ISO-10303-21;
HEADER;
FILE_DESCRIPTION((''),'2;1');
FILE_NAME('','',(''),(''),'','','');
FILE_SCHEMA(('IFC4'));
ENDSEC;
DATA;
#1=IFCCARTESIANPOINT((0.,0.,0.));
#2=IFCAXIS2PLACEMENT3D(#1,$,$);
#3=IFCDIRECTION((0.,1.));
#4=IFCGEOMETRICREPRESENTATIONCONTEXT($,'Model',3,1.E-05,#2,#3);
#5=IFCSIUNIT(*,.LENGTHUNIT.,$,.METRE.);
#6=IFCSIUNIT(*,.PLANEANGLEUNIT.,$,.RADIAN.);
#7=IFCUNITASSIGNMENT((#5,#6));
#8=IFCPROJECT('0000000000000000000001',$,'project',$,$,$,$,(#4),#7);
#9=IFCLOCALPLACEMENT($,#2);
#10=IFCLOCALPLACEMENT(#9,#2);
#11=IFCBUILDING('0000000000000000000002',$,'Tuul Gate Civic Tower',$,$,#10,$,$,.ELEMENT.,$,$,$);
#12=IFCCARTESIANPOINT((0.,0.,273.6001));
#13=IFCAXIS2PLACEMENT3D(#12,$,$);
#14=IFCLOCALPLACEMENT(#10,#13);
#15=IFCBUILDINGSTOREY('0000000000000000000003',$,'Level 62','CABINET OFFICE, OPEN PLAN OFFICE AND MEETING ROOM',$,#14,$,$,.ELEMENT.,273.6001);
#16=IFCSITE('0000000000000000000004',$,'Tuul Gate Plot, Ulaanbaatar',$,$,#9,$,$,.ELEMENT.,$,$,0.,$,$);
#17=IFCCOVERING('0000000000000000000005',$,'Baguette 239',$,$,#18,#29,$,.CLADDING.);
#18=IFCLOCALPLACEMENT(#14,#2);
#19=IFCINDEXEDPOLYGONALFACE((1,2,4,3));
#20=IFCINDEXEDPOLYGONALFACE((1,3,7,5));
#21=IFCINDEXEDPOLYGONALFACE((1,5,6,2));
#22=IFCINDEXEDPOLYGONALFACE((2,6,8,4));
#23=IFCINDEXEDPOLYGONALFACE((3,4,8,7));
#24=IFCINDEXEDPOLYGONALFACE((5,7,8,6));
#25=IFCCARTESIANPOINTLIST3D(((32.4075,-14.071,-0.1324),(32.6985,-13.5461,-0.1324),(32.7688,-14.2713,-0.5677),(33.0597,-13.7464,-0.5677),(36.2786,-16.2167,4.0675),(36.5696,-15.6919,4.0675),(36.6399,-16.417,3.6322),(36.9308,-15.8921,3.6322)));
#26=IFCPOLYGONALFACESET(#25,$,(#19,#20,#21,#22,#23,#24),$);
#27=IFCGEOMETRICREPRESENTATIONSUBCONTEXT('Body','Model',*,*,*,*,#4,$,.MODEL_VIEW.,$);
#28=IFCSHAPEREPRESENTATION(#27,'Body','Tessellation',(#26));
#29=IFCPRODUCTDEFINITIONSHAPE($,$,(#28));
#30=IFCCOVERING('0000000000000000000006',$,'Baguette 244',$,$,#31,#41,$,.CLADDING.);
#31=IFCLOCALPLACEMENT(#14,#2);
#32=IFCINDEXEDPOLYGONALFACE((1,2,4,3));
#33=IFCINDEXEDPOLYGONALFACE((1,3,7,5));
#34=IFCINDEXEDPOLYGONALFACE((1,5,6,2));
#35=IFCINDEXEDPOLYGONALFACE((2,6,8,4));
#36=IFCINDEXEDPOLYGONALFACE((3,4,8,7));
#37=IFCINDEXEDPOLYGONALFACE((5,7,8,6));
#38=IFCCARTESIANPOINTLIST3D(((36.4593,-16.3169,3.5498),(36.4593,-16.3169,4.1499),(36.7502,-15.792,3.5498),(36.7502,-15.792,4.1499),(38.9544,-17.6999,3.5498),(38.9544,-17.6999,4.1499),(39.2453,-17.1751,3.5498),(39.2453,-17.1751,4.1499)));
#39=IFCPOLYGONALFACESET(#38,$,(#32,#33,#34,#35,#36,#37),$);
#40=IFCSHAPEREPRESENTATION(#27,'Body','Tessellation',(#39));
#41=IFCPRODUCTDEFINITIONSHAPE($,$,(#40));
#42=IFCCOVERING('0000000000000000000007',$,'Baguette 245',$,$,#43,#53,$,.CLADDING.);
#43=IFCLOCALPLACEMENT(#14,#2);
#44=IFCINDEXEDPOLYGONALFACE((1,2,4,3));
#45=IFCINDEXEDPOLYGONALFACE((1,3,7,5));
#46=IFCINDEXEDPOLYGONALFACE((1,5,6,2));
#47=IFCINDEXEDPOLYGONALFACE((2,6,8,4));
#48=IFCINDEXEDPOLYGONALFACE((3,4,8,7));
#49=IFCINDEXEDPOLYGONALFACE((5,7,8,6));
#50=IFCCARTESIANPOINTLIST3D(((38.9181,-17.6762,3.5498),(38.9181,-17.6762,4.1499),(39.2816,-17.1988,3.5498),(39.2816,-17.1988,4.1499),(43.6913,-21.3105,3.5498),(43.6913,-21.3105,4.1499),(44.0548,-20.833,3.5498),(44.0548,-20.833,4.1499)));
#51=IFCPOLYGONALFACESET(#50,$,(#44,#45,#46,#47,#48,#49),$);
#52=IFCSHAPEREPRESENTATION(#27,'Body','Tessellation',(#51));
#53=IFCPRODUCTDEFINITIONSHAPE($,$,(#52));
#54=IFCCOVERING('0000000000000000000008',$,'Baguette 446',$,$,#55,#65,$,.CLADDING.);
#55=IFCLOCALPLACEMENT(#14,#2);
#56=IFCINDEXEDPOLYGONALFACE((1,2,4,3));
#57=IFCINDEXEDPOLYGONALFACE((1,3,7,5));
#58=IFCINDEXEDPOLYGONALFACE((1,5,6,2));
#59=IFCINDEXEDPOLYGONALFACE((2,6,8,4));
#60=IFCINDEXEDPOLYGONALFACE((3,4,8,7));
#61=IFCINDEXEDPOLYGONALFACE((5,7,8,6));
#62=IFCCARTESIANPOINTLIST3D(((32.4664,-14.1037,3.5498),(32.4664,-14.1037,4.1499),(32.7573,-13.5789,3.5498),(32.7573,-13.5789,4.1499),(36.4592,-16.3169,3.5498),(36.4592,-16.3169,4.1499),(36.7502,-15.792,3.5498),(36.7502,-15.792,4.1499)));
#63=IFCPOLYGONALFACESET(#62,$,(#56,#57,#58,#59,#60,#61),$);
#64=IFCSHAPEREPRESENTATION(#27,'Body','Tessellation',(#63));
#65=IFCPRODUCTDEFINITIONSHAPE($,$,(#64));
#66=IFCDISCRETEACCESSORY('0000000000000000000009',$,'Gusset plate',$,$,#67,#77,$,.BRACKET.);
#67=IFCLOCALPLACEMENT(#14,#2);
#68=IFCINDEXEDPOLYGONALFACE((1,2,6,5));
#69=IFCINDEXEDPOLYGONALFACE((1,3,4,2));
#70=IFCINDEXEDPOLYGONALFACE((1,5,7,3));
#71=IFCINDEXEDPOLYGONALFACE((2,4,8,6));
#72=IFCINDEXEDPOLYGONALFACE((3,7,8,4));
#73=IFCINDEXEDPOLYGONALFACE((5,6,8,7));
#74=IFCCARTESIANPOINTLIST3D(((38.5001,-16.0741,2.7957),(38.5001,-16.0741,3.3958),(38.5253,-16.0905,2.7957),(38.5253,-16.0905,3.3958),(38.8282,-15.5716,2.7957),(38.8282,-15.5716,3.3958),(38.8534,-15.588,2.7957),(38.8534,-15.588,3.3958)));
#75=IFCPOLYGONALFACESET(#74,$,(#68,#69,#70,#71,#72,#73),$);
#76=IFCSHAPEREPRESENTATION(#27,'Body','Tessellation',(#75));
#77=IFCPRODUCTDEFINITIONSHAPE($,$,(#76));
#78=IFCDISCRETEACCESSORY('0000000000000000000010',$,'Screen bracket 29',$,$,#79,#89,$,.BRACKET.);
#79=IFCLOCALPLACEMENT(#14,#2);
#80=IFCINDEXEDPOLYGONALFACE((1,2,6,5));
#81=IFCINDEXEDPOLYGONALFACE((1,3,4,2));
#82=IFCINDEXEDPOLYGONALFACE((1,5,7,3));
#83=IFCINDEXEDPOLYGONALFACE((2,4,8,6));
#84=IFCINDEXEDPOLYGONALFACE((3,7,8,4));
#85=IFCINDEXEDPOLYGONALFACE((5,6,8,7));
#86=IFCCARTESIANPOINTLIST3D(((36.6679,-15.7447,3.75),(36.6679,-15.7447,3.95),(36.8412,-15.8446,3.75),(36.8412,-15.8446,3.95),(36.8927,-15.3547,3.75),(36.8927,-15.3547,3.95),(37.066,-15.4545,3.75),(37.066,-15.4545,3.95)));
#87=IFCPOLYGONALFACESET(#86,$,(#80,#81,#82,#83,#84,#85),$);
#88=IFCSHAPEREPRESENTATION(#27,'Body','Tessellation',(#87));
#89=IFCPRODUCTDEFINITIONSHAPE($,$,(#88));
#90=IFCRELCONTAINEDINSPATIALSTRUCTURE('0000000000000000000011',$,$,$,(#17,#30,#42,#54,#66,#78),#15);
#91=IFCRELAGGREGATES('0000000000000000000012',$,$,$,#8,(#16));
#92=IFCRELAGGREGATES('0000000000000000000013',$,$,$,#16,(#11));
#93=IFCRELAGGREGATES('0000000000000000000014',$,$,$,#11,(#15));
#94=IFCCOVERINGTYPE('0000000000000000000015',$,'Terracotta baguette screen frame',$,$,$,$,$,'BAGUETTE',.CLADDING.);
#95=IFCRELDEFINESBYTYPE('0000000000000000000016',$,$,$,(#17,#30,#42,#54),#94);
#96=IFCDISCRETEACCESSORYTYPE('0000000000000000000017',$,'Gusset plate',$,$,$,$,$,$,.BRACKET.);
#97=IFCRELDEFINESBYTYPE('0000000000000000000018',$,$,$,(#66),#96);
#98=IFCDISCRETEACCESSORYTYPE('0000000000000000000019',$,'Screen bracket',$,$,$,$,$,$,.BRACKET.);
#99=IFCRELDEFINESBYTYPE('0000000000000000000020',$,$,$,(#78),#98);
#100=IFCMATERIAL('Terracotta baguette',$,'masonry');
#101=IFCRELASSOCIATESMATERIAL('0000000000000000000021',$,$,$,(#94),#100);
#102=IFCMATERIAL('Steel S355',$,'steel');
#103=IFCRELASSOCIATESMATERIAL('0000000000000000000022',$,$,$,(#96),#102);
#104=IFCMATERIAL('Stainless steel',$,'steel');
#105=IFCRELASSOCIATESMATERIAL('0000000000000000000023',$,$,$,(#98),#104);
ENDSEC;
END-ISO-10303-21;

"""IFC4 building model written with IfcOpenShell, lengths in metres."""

from ifc_helpers import new_model, si_unit, direction, frame, origin, origin_2d, place, context, subcontext, project, spatial, rectangle, extrude, material, material_profile, profile_set, type_object, element, save


model = new_model("IFC4")

# Units and contexts
model_context = context("Model", 3, precision=1e-05, world=origin(), true_north=direction((0.0, 1.0)))
body_context = subcontext(model_context, "Body", "Model", "MODEL_VIEW")
ifc_project = project(units=[si_unit("LENGTHUNIT", "METRE"), si_unit("PLANEANGLEUNIT", "RADIAN")], contexts=[model_context])

# Site, building, storey
site_placement = place(None, origin())
site = spatial("IfcSite", under=ifc_project, at=site_placement, Name="Tuul Gate Plot, Ulaanbaatar", CompositionType="ELEMENT", RefElevation=0.0)
building_placement = place(site_placement, origin())
building = spatial("IfcBuilding", under=site, at=building_placement, Name="Tuul Gate Civic Tower", CompositionType="ELEMENT")
storey_placement = place(building_placement, frame((0.0, 0.0, 273.6001)))
storey = spatial("IfcBuildingStorey", under=building, at=storey_placement, Name="Level 62", Description="CABINET OFFICE, OPEN PLAN OFFICE AND MEETING ROOM", CompositionType="ELEMENT", Elevation=273.6001)

# Coverings
ifc_material_1 = material(Name="Terracotta baguette", Category="masonry")
ifc_material_profile_1 = material_profile(ifc_material_1, rectangle(XDim=0.6001, YDim=0.6001, at=origin_2d()), Name="Terracotta baguette screen frame")
ifc_profile_set_1 = profile_set([ifc_material_profile_1], Name="Terracotta baguette")
covering_type = type_object("IfcCoveringType", Name="Terracotta baguette screen frame", ElementType="BAGUETTE", PredefinedType="CLADDING", material=ifc_profile_set_1)
covering_1_placement = place(storey_placement, frame((32.7336, -13.9087, -0.3501), z_axis=(0.634442, -0.351672, 0.688339), x_axis=(0.484804, 0.874623, 0.0)))
element("IfcCovering", 1, at=covering_1_placement, inside=storey, type_object=covering_type, Name="Baguette 239", PredefinedType="CLADDING", context=body_context, shape_type="SweptSolid", body=[
    extrude(rectangle(XDim=0.6001, YDim=0.6001, at=origin_2d()), origin(), (0.0, 0.0, 1.0), 6.1016),
])
covering_2_placement = place(storey_placement, frame((36.6047, -16.0544, 3.8499), z_axis=(0.874621, -0.484807, 0.0), x_axis=(0.484807, 0.874621, 0.0)))
element("IfcCovering", 2, at=covering_2_placement, inside=storey, type_object=covering_type, Name="Baguette 244", PredefinedType="CLADDING", context=body_context, shape_type="SweptSolid", body=[
    extrude(rectangle(XDim=0.6001, YDim=0.6001, at=origin_2d()), origin(), (0.0, 0.0, 1.0), 2.8528),
])
covering_3_placement = place(storey_placement, frame((39.0999, -17.4375, 3.8499), z_axis=(0.795628, -0.605786, 0.0), x_axis=(0.605786, 0.795628, 0.0)))
element("IfcCovering", 3, at=covering_3_placement, inside=storey, type_object=covering_type, Name="Baguette 245", PredefinedType="CLADDING", context=body_context, shape_type="SweptSolid", body=[
    extrude(rectangle(XDim=0.6001, YDim=0.6001, at=origin_2d()), origin(), (0.0, 0.0, 1.0), 5.9993),
])
covering_4_placement = place(storey_placement, frame((32.6118, -13.8413, 3.8499), z_axis=(0.874636, -0.48478, 0.0), x_axis=(0.48478, 0.874636, 0.0)))
element("IfcCovering", 4, at=covering_4_placement, inside=storey, type_object=covering_type, Name="Baguette 446", PredefinedType="CLADDING", context=body_context, shape_type="SweptSolid", body=[
    extrude(rectangle(XDim=0.6001, YDim=0.6001, at=origin_2d()), origin(), (0.0, 0.0, 1.0), 4.5652),
])

# Discrete accessories
ifc_material_2 = material(Name="Steel S355", Category="steel")
discrete_accessory_type_1 = type_object("IfcDiscreteAccessoryType", Name="Gusset plate", PredefinedType="BRACKET", material=ifc_material_2)
discrete_accessory_1_placement = place(storey_placement, frame((38.6768, -15.8311, 2.7957), z_axis=(0.0, 0.0, 1.0), x_axis=(0.546743, 0.8373, 0.0)))
element("IfcDiscreteAccessory", 5, at=discrete_accessory_1_placement, inside=storey, type_object=discrete_accessory_type_1, Name="Gusset plate", PredefinedType="BRACKET", context=body_context, shape_type="SweptSolid", body=[
    extrude(rectangle(XDim=0.6001, YDim=0.03, at=origin_2d()), origin(), (0.0, 0.0, 1.0), 0.6001),
])
ifc_material_3 = material(Name="Stainless steel", Category="steel")
discrete_accessory_type_2 = type_object("IfcDiscreteAccessoryType", Name="Screen bracket", PredefinedType="BRACKET", material=ifc_material_3)
discrete_accessory_2_placement = place(storey_placement, frame((36.8669, -15.5996, 3.75), z_axis=(0.0, 0.0, 1.0), x_axis=(-0.499371, -0.866388, 0.0)))
element("IfcDiscreteAccessory", 6, at=discrete_accessory_2_placement, inside=storey, type_object=discrete_accessory_type_2, Name="Screen bracket 29", PredefinedType="BRACKET", context=body_context, shape_type="SweptSolid", body=[
    extrude(rectangle(XDim=0.4502, YDim=0.2, at=origin_2d()), origin(), (0.0, 0.0, 1.0), 0.2),
])

save(model, "model.ifc")
